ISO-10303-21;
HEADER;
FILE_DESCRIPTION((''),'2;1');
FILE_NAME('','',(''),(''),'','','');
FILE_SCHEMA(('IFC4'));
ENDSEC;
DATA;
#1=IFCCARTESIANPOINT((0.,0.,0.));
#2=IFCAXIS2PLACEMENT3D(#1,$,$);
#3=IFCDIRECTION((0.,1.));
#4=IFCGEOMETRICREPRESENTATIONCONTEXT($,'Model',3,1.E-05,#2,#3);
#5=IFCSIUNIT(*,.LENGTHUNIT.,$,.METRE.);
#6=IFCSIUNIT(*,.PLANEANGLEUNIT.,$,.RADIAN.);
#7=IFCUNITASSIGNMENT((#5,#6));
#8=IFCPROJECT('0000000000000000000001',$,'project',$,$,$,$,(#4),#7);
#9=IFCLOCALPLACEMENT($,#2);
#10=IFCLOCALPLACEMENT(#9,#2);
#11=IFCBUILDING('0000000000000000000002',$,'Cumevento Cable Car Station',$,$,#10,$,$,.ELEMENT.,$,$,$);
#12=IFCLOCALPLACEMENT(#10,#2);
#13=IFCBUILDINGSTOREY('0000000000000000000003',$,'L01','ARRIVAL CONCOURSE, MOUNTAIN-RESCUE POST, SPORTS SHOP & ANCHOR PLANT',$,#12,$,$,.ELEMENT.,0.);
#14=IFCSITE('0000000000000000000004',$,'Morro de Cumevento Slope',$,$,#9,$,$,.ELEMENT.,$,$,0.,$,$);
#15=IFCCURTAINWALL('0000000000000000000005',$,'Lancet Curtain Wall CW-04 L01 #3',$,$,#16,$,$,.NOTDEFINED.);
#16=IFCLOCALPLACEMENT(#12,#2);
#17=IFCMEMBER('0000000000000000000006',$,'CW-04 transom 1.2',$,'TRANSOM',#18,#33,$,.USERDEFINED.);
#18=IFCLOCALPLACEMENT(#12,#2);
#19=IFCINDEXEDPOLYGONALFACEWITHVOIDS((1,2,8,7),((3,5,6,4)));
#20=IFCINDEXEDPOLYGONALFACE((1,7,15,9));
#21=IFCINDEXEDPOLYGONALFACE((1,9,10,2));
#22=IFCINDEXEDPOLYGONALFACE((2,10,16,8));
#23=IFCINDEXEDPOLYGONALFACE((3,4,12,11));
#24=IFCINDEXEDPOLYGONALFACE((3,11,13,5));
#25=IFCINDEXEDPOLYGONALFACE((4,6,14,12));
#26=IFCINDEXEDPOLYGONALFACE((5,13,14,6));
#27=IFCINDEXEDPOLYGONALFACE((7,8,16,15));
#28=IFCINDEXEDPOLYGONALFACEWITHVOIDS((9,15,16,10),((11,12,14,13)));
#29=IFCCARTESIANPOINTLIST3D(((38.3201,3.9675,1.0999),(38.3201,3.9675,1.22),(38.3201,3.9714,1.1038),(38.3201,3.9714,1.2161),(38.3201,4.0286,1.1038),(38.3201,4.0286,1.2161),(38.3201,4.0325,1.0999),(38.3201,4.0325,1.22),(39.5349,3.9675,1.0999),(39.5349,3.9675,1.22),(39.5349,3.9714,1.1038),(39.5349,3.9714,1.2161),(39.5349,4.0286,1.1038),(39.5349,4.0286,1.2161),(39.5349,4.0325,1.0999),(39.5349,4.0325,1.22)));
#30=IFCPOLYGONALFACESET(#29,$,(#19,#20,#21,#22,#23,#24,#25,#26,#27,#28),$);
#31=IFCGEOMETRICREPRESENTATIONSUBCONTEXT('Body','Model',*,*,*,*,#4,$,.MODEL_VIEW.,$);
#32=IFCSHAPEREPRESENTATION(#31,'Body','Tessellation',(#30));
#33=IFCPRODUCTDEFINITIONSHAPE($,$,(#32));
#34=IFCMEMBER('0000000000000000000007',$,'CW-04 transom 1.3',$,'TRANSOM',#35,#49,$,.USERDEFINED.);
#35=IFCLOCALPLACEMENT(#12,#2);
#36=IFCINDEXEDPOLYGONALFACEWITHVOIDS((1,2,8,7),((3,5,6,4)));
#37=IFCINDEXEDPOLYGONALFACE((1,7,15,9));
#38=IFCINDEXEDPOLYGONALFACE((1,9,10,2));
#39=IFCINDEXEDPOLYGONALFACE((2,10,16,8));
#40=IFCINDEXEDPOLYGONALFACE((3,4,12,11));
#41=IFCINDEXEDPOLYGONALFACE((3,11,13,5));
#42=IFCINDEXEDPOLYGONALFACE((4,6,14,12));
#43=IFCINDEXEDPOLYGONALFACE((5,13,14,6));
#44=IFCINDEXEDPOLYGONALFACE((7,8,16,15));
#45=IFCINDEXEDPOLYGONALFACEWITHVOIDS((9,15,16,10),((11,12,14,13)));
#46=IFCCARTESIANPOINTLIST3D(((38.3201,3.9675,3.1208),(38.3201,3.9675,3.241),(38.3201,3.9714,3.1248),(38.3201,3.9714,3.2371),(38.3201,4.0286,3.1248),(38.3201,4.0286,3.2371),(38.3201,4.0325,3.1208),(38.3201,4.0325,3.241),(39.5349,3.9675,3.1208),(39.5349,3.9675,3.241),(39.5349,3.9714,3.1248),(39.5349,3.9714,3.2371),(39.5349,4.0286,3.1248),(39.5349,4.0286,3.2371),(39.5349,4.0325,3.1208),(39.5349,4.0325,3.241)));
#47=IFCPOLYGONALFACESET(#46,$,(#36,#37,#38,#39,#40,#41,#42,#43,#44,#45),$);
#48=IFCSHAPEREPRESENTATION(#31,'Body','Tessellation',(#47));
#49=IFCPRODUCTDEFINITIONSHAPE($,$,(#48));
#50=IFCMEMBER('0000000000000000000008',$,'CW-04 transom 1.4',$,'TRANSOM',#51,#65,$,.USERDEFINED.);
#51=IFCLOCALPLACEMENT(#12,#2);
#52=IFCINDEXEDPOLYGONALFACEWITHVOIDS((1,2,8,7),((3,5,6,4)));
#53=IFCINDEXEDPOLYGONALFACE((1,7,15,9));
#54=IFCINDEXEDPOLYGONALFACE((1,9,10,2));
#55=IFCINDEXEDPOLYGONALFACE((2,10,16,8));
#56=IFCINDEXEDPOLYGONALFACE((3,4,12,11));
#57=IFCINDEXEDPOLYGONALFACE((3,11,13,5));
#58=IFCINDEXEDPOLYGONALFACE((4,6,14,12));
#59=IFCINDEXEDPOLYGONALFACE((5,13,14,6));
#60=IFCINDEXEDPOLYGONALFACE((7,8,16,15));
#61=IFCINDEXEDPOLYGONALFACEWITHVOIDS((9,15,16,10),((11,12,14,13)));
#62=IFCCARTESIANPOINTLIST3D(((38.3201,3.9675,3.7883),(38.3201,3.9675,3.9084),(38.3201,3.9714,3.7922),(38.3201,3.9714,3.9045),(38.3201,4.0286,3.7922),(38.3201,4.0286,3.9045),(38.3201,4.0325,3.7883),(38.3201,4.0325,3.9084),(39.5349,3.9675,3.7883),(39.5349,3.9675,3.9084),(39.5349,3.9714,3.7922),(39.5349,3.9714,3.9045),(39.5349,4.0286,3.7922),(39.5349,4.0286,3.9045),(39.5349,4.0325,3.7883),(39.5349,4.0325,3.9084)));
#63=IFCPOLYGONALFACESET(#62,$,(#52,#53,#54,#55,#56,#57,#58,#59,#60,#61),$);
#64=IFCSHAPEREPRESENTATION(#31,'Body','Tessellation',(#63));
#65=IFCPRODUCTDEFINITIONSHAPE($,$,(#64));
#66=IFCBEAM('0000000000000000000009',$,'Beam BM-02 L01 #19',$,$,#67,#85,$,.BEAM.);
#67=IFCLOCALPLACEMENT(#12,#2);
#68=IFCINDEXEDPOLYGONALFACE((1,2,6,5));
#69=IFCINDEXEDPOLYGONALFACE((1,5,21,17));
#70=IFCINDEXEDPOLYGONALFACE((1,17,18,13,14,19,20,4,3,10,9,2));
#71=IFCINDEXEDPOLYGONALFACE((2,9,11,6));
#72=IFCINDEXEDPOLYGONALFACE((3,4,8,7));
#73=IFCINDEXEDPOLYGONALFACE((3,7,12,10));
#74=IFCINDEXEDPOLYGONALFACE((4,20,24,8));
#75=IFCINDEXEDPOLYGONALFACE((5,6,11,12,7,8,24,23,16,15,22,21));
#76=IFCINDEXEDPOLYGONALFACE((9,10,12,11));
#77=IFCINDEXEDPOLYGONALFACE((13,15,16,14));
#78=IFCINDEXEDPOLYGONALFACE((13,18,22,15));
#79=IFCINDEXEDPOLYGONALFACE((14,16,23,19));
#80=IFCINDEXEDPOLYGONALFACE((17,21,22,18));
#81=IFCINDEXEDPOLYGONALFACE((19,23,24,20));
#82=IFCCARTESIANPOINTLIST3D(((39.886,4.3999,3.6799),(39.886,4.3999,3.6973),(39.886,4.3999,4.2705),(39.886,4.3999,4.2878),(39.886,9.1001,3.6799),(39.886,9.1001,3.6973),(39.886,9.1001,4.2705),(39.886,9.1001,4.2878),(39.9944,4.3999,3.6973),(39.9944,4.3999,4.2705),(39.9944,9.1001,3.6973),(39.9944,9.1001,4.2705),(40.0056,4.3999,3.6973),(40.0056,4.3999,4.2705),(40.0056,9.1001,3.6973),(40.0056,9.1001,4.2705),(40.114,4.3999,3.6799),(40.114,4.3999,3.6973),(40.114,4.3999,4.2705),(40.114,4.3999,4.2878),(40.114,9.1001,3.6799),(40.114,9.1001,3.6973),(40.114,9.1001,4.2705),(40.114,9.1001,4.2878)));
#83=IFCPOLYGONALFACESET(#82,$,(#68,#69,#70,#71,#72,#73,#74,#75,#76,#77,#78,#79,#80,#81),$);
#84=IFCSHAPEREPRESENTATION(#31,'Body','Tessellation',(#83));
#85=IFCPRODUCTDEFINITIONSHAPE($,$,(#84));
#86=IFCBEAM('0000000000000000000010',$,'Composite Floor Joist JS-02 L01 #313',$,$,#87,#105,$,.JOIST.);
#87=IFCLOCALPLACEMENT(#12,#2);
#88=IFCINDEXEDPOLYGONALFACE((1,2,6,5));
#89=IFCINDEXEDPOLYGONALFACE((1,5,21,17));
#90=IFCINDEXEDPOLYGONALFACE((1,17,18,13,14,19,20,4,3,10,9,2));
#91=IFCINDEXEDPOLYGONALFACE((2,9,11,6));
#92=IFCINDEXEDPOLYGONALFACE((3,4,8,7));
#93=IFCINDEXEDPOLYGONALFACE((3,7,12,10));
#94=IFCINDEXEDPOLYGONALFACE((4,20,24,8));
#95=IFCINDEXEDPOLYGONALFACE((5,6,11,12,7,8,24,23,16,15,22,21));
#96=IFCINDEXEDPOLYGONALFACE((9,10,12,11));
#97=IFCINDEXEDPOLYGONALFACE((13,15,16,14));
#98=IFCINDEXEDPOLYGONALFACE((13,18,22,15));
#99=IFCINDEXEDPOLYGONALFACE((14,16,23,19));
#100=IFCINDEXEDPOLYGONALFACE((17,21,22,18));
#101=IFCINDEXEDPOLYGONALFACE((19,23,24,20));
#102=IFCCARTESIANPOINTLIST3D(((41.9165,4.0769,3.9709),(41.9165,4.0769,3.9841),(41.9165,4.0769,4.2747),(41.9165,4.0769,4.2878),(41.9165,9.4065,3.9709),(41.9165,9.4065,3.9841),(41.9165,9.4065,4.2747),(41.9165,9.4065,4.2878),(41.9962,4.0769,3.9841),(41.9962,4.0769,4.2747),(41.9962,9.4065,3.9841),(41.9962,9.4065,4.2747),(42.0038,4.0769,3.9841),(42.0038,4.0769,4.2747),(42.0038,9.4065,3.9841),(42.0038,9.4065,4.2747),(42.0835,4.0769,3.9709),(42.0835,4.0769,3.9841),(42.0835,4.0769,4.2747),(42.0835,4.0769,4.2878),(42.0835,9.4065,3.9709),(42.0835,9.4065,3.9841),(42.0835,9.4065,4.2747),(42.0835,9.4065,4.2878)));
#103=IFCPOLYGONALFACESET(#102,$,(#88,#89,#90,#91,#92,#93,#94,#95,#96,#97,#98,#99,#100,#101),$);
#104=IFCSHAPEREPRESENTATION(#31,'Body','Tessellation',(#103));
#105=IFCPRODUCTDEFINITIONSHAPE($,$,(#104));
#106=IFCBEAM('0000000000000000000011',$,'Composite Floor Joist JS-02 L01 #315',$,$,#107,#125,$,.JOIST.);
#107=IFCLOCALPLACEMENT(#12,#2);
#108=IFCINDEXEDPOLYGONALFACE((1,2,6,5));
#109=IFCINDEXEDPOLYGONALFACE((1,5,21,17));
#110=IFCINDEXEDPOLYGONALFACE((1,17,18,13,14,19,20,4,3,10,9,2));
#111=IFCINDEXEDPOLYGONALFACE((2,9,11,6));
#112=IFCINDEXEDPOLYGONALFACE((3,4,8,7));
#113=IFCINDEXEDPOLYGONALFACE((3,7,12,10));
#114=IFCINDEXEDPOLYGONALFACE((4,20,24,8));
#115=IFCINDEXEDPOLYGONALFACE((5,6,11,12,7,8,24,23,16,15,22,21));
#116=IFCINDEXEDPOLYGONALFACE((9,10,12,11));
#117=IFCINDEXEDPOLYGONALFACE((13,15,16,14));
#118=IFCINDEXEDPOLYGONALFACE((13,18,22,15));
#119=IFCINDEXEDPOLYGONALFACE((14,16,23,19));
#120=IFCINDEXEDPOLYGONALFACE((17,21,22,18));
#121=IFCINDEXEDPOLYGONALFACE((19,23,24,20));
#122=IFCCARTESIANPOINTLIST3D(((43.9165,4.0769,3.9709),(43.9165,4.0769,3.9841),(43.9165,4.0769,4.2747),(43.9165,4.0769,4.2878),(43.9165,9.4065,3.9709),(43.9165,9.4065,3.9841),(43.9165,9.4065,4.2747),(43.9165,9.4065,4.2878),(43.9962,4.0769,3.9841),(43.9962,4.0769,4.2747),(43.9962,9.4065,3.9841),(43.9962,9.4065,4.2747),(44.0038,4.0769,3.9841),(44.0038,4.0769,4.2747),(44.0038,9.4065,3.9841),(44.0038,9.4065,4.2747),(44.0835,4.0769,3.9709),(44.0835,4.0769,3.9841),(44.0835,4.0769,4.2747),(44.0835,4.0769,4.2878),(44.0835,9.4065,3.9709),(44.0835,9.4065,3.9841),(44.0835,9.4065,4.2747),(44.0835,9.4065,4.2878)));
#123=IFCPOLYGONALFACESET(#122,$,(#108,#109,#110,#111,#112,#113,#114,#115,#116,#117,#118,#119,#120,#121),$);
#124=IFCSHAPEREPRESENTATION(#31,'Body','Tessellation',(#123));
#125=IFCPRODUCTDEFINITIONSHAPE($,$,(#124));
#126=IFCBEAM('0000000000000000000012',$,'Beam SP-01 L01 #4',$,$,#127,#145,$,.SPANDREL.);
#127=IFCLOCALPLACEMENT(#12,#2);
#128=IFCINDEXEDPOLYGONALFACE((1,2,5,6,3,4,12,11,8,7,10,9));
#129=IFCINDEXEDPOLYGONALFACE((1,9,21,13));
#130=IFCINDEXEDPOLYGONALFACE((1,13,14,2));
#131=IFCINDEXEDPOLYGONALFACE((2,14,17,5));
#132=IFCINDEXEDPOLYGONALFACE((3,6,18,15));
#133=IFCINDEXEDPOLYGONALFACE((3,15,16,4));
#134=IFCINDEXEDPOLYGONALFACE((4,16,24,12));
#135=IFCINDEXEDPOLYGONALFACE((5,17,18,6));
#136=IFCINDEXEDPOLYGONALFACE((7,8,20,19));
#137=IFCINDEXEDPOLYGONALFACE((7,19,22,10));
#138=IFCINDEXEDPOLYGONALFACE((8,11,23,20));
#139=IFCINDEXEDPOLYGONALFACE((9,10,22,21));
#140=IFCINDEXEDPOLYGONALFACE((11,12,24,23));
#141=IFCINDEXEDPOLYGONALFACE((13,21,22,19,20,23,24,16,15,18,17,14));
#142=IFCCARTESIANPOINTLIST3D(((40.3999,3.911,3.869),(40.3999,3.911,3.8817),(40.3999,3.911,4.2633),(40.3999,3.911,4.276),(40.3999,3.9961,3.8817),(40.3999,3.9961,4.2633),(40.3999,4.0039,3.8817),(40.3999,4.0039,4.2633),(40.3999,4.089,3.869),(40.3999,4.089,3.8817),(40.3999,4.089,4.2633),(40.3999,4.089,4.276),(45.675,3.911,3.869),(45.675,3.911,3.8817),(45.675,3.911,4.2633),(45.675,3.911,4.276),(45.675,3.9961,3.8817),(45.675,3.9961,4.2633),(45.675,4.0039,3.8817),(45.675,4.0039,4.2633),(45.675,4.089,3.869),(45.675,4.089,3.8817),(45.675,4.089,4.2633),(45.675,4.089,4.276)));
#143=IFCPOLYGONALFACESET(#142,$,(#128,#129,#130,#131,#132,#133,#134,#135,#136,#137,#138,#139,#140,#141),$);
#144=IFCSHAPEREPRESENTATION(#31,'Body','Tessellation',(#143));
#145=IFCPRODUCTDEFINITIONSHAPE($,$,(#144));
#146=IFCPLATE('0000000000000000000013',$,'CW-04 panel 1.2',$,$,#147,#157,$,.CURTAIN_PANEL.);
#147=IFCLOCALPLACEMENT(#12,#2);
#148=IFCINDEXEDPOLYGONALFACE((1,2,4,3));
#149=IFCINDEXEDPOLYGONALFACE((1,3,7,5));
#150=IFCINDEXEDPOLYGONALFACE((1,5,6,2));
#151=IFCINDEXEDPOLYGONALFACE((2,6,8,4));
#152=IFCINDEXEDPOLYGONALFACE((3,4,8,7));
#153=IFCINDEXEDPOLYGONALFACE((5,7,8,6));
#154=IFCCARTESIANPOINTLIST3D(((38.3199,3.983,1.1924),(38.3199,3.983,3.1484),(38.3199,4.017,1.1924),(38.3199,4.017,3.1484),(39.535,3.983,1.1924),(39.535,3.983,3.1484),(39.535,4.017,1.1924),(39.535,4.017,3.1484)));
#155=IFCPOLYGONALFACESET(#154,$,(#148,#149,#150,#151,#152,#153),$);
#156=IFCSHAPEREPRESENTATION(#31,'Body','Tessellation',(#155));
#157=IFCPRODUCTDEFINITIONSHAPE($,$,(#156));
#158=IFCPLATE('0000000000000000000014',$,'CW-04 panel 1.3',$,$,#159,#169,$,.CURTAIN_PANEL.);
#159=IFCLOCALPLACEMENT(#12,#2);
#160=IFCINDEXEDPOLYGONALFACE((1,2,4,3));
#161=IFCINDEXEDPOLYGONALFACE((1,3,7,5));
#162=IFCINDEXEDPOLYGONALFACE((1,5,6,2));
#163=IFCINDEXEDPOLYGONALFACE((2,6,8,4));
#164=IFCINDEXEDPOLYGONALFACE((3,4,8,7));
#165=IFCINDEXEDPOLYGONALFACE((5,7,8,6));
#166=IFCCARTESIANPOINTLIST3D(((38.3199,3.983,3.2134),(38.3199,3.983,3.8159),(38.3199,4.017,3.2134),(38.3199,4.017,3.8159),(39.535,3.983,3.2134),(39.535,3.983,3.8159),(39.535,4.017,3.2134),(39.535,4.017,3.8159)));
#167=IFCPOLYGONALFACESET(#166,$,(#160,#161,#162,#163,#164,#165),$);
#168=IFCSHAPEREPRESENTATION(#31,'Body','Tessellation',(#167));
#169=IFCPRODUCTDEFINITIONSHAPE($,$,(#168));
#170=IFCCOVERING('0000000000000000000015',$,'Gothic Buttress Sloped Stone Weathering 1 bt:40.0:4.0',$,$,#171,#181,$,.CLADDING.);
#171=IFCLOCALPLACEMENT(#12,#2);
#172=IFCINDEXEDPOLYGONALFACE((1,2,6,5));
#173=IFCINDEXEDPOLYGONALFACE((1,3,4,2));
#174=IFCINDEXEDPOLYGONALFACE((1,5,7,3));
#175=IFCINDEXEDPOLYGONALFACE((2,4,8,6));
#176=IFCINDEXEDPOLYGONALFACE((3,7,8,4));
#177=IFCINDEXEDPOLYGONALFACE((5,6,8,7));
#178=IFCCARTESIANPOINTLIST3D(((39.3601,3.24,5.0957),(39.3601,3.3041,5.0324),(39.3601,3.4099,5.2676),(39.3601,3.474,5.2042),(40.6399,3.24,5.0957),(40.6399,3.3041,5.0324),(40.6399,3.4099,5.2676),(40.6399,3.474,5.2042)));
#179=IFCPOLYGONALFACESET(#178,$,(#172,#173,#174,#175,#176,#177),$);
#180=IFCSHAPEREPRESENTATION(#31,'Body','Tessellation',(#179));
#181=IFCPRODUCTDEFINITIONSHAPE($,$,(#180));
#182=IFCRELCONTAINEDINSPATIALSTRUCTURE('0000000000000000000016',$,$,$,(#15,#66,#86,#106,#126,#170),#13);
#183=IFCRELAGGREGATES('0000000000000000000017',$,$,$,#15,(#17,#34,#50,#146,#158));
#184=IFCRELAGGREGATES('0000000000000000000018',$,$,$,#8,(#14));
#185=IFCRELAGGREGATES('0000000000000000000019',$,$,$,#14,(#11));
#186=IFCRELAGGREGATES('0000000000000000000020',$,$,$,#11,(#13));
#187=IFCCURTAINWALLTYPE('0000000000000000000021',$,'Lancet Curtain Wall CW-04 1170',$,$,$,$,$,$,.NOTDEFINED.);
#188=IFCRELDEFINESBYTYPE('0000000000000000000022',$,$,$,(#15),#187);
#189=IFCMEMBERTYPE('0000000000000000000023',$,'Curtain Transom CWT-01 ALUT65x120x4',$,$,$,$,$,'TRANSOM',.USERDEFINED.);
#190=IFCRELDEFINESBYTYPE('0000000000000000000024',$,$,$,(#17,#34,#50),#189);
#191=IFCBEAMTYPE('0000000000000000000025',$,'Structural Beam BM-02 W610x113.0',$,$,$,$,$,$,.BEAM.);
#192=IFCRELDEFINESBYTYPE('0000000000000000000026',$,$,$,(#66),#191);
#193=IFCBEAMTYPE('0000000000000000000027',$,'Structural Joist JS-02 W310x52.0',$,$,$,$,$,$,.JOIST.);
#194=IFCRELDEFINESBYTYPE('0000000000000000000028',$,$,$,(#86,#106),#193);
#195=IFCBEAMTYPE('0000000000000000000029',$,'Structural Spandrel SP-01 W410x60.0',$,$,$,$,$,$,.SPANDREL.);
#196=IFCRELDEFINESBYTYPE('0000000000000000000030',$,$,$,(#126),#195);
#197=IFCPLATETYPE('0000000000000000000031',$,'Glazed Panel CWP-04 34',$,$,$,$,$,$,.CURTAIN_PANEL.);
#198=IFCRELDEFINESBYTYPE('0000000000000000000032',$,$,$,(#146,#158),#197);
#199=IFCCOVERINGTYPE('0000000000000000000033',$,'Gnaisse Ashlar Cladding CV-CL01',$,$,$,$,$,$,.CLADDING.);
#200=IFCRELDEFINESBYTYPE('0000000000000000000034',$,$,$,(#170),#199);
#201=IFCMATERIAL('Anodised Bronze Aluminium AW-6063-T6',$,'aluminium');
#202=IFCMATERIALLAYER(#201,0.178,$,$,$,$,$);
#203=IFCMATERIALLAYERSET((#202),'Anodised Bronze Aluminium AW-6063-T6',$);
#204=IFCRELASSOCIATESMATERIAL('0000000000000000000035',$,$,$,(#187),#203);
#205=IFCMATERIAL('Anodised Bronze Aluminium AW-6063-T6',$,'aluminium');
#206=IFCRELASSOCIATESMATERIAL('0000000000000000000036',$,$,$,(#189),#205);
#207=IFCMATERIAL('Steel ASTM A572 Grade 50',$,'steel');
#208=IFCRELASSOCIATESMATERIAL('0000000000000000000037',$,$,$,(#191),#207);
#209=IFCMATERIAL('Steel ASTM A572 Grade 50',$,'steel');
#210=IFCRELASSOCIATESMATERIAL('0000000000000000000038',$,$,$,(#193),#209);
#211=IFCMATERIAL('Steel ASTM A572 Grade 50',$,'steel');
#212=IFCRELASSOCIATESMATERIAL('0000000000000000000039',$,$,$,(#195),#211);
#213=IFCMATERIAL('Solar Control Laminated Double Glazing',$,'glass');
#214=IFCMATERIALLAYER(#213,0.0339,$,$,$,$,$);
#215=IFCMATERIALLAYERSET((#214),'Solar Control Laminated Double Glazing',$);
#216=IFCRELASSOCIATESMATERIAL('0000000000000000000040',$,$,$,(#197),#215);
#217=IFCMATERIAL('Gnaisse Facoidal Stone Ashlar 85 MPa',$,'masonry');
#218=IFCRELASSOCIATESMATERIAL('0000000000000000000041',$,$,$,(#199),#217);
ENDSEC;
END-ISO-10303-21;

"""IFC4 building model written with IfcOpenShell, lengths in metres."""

from ifc_helpers import new_model, si_unit, direction, frame, origin, origin_2d, place, context, subcontext, project, spatial, polyline, rectangle, hollow_rectangle, i_section, outline, extrude, material, layer, layer_set, material_profile, profile_set, type_object, element, aggregate, save


model = new_model("IFC4")

# Units and contexts
model_context = context("Model", 3, precision=1e-05, world=origin(), true_north=direction((0.0, 1.0)))
body_context = subcontext(model_context, "Body", "Model", "MODEL_VIEW")
ifc_project = project(units=[si_unit("LENGTHUNIT", "METRE"), si_unit("PLANEANGLEUNIT", "RADIAN")], contexts=[model_context])

# Site, building, storey
site_placement = place(None, origin())
site = spatial("IfcSite", under=ifc_project, at=site_placement, Name="Morro de Cumevento Slope", CompositionType="ELEMENT", RefElevation=0.0)
building_placement = place(site_placement, origin())
building = spatial("IfcBuilding", under=site, at=building_placement, Name="Cumevento Cable Car Station", CompositionType="ELEMENT")
storey_placement = place(building_placement, origin())
storey = spatial("IfcBuildingStorey", under=building, at=storey_placement, Name="L01", Description="ARRIVAL CONCOURSE, MOUNTAIN-RESCUE POST, SPORTS SHOP & ANCHOR PLANT", CompositionType="ELEMENT", Elevation=0.0)

# Curtain wall, members
ifc_material_1 = material(Name="Anodised Bronze Aluminium AW-6063-T6", Category="aluminium")
ifc_layer_1 = layer(ifc_material_1, 0.178)
ifc_layer_set_1 = layer_set([ifc_layer_1], Name="Anodised Bronze Aluminium AW-6063-T6")
curtain_wall_type = type_object("IfcCurtainWallType", Name="Lancet Curtain Wall CW-04 1170", PredefinedType="NOTDEFINED", material=ifc_layer_set_1)
curtain_wall_placement = place(storey_placement, origin())
curtain_wall = element("IfcCurtainWall", 1, at=curtain_wall_placement, inside=storey, type_object=curtain_wall_type, Name="Lancet Curtain Wall CW-04 L01 #3", PredefinedType="NOTDEFINED")
ifc_material_2 = material(Name="Anodised Bronze Aluminium AW-6063-T6", Category="aluminium")
ifc_material_profile_1 = material_profile(ifc_material_2, hollow_rectangle(XDim=0.0649, YDim=0.1201, WallThickness=0.0039, at=origin_2d()), Name="ALUT65x120x4")
ifc_profile_set_1 = profile_set([ifc_material_profile_1], Name="Anodised Bronze Aluminium AW-6063-T6")
member_type = type_object("IfcMemberType", Name="Curtain Transom CWT-01 ALUT65x120x4", ElementType="TRANSOM", PredefinedType="USERDEFINED", material=ifc_profile_set_1)
member_1_placement = place(storey_placement, frame((39.5349, 4.0, 1.1599), z_axis=(-1.0, 0.0, 0.0), x_axis=(0.0, -1.0, 0.0)))
member_1 = element("IfcMember", 2, at=member_1_placement, type_object=member_type, Name="CW-04 transom 1.2", ObjectType="TRANSOM", PredefinedType="USERDEFINED", context=body_context, shape_type="SweptSolid", body=[
    extrude(hollow_rectangle(XDim=0.0649, YDim=0.1201, WallThickness=0.0039, at=origin_2d()), origin(), (0.0, 0.0, 1.0), 1.2148),
])
member_2_placement = place(storey_placement, frame((39.5349, 4.0, 3.1809), z_axis=(-1.0, 0.0, 0.0), x_axis=(0.0, -1.0, 0.0)))
member_2 = element("IfcMember", 3, at=member_2_placement, type_object=member_type, Name="CW-04 transom 1.3", ObjectType="TRANSOM", PredefinedType="USERDEFINED", context=body_context, shape_type="SweptSolid", body=[
    extrude(hollow_rectangle(XDim=0.0649, YDim=0.1201, WallThickness=0.0039, at=origin_2d()), origin(), (0.0, 0.0, 1.0), 1.2148),
])
member_3_placement = place(storey_placement, frame((39.5349, 4.0, 3.8484), z_axis=(-1.0, 0.0, 0.0), x_axis=(0.0, -1.0, 0.0)))
member_3 = element("IfcMember", 4, at=member_3_placement, type_object=member_type, Name="CW-04 transom 1.4", ObjectType="TRANSOM", PredefinedType="USERDEFINED", context=body_context, shape_type="SweptSolid", body=[
    extrude(hollow_rectangle(XDim=0.0649, YDim=0.1201, WallThickness=0.0039, at=origin_2d()), origin(), (0.0, 0.0, 1.0), 1.2148),
])

# Beams
ifc_material_3 = material(Name="Steel ASTM A572 Grade 50", Category="steel")
ifc_material_profile_2 = material_profile(ifc_material_3, i_section(OverallWidth=0.228, OverallDepth=0.6079, WebThickness=0.0112, FlangeThickness=0.0173, at=origin_2d()), Name="W610x113.0")
ifc_profile_set_2 = profile_set([ifc_material_profile_2], Name="Steel ASTM A572 Grade 50")
beam_type_1 = type_object("IfcBeamType", Name="Structural Beam BM-02 W610x113.0", PredefinedType="BEAM", material=ifc_profile_set_2)
beam_1_placement = place(storey_placement, frame((40.0, 4.3999, 3.9839), z_axis=(0.0, 1.0, 0.0), x_axis=(-1.0, 0.0, 0.0)))
element("IfcBeam", 5, at=beam_1_placement, inside=storey, type_object=beam_type_1, Name="Beam BM-02 L01 #19", PredefinedType="BEAM", context=body_context, shape_type="SweptSolid", body=[
    extrude(i_section(OverallWidth=0.228, OverallDepth=0.6079, WebThickness=0.0112, FlangeThickness=0.0173, at=origin_2d()), origin(), (0.0, 0.0, 1.0), 4.7002),
])
ifc_material_4 = material(Name="Steel ASTM A572 Grade 50", Category="steel")
ifc_material_profile_3 = material_profile(ifc_material_4, i_section(OverallWidth=0.167, OverallDepth=0.3169, WebThickness=0.0076, FlangeThickness=0.0132, at=origin_2d()), Name="W310x52.0")
ifc_profile_set_3 = profile_set([ifc_material_profile_3], Name="Steel ASTM A572 Grade 50")
beam_type_2 = type_object("IfcBeamType", Name="Structural Joist JS-02 W310x52.0", PredefinedType="JOIST", material=ifc_profile_set_3)
for number, where, z_axis, x_axis, name in (
    (6, (42.0, 4.0769, 4.1294), (0.0, 1.0, 0.0), (-1.0, 0.0, 0.0), "Composite Floor Joist JS-02 L01 #313"),
    (7, (44.0, 4.0769, 4.1294), (0.0, 1.0, 0.0), (-1.0, 0.0, 0.0), "Composite Floor Joist JS-02 L01 #315"),
):
    element("IfcBeam", number, at=place(storey_placement, frame(where, z_axis=z_axis, x_axis=x_axis)), inside=storey, type_object=beam_type_2, Name=name, PredefinedType="JOIST", context=body_context, shape_type="SweptSolid", body=[
        extrude(i_section(OverallWidth=0.167, OverallDepth=0.3169, WebThickness=0.0076, FlangeThickness=0.0132, at=origin_2d()), origin(), (0.0, 0.0, 1.0), 5.3296),
    ])
ifc_material_5 = material(Name="Steel ASTM A572 Grade 50", Category="steel")
ifc_material_profile_4 = material_profile(ifc_material_5, i_section(OverallWidth=0.178, OverallDepth=0.407, WebThickness=0.0078, FlangeThickness=0.0127, at=origin_2d()), Name="W410x60.0")
ifc_profile_set_4 = profile_set([ifc_material_profile_4], Name="Steel ASTM A572 Grade 50")
beam_type_3 = type_object("IfcBeamType", Name="Structural Spandrel SP-01 W410x60.0", PredefinedType="SPANDREL", material=ifc_profile_set_4)
beam_2_placement = place(storey_placement, frame((40.3999, 4.0, 4.0725), z_axis=(1.0, 0.0, 0.0), x_axis=(0.0, 1.0, 0.0)))
element("IfcBeam", 8, at=beam_2_placement, inside=storey, type_object=beam_type_3, Name="Beam SP-01 L01 #4", PredefinedType="SPANDREL", context=body_context, shape_type="SweptSolid", body=[
    extrude(i_section(OverallWidth=0.178, OverallDepth=0.407, WebThickness=0.0078, FlangeThickness=0.0127, at=origin_2d()), origin(), (0.0, 0.0, 1.0), 5.2751),
])

# Plates
ifc_material_6 = material(Name="Solar Control Laminated Double Glazing", Category="glass")
ifc_layer_2 = layer(ifc_material_6, 0.0339)
ifc_layer_set_2 = layer_set([ifc_layer_2], Name="Solar Control Laminated Double Glazing")
plate_type = type_object("IfcPlateType", Name="Glazed Panel CWP-04 34", PredefinedType="CURTAIN_PANEL", material=ifc_layer_set_2)
plate_1_placement = place(storey_placement, frame((38.9275, 4.0, 1.1924), z_axis=(0.0, 0.0, 1.0), x_axis=(-1.0, 0.0, 0.0)))
plate_1 = element("IfcPlate", 9, at=plate_1_placement, type_object=plate_type, Name="CW-04 panel 1.2", PredefinedType="CURTAIN_PANEL", context=body_context, shape_type="SweptSolid", body=[
    extrude(rectangle(XDim=1.2151, YDim=0.0339, at=origin_2d()), origin(), (0.0, 0.0, 1.0), 1.9561),
])
plate_2_placement = place(storey_placement, frame((38.9275, 4.0, 3.2134), z_axis=(0.0, 0.0, 1.0), x_axis=(-1.0, 0.0, 0.0)))
plate_2 = element("IfcPlate", 10, at=plate_2_placement, type_object=plate_type, Name="CW-04 panel 1.3", PredefinedType="CURTAIN_PANEL", context=body_context, shape_type="SweptSolid", body=[
    extrude(rectangle(XDim=1.2151, YDim=0.0339, at=origin_2d()), origin(), (0.0, 0.0, 1.0), 0.6025),
])
aggregate(curtain_wall, [member_1, member_2, member_3, plate_1, plate_2])

# Covering
ifc_material_7 = material(Name="Gnaisse Facoidal Stone Ashlar 85 MPa", Category="masonry")
covering_type = type_object("IfcCoveringType", Name="Gnaisse Ashlar Cladding CV-CL01", PredefinedType="CLADDING", material=ifc_material_7)
covering_1_placement = place(storey_placement, frame((39.3601, 3.24, 5.0957), z_axis=(0.0, -0.711136, 0.703055), x_axis=(1.0, 0.0, 0.0)))
element("IfcCovering", 11, at=covering_1_placement, inside=storey, type_object=covering_type, Name="Gothic Buttress Sloped Stone Weathering 1 bt:40.0:4.0", PredefinedType="CLADDING", context=body_context, shape_type="SweptSolid", body=[
    extrude(outline(polyline([(0.0, 0.0), (1.2798, 0.0), (1.2798, 0.2417), (0.0, 0.2417), (0.0, 0.0)])), origin(), (0.0, 0.0, -1.0), 0.0901),
])

save(model, "model.ifc")
